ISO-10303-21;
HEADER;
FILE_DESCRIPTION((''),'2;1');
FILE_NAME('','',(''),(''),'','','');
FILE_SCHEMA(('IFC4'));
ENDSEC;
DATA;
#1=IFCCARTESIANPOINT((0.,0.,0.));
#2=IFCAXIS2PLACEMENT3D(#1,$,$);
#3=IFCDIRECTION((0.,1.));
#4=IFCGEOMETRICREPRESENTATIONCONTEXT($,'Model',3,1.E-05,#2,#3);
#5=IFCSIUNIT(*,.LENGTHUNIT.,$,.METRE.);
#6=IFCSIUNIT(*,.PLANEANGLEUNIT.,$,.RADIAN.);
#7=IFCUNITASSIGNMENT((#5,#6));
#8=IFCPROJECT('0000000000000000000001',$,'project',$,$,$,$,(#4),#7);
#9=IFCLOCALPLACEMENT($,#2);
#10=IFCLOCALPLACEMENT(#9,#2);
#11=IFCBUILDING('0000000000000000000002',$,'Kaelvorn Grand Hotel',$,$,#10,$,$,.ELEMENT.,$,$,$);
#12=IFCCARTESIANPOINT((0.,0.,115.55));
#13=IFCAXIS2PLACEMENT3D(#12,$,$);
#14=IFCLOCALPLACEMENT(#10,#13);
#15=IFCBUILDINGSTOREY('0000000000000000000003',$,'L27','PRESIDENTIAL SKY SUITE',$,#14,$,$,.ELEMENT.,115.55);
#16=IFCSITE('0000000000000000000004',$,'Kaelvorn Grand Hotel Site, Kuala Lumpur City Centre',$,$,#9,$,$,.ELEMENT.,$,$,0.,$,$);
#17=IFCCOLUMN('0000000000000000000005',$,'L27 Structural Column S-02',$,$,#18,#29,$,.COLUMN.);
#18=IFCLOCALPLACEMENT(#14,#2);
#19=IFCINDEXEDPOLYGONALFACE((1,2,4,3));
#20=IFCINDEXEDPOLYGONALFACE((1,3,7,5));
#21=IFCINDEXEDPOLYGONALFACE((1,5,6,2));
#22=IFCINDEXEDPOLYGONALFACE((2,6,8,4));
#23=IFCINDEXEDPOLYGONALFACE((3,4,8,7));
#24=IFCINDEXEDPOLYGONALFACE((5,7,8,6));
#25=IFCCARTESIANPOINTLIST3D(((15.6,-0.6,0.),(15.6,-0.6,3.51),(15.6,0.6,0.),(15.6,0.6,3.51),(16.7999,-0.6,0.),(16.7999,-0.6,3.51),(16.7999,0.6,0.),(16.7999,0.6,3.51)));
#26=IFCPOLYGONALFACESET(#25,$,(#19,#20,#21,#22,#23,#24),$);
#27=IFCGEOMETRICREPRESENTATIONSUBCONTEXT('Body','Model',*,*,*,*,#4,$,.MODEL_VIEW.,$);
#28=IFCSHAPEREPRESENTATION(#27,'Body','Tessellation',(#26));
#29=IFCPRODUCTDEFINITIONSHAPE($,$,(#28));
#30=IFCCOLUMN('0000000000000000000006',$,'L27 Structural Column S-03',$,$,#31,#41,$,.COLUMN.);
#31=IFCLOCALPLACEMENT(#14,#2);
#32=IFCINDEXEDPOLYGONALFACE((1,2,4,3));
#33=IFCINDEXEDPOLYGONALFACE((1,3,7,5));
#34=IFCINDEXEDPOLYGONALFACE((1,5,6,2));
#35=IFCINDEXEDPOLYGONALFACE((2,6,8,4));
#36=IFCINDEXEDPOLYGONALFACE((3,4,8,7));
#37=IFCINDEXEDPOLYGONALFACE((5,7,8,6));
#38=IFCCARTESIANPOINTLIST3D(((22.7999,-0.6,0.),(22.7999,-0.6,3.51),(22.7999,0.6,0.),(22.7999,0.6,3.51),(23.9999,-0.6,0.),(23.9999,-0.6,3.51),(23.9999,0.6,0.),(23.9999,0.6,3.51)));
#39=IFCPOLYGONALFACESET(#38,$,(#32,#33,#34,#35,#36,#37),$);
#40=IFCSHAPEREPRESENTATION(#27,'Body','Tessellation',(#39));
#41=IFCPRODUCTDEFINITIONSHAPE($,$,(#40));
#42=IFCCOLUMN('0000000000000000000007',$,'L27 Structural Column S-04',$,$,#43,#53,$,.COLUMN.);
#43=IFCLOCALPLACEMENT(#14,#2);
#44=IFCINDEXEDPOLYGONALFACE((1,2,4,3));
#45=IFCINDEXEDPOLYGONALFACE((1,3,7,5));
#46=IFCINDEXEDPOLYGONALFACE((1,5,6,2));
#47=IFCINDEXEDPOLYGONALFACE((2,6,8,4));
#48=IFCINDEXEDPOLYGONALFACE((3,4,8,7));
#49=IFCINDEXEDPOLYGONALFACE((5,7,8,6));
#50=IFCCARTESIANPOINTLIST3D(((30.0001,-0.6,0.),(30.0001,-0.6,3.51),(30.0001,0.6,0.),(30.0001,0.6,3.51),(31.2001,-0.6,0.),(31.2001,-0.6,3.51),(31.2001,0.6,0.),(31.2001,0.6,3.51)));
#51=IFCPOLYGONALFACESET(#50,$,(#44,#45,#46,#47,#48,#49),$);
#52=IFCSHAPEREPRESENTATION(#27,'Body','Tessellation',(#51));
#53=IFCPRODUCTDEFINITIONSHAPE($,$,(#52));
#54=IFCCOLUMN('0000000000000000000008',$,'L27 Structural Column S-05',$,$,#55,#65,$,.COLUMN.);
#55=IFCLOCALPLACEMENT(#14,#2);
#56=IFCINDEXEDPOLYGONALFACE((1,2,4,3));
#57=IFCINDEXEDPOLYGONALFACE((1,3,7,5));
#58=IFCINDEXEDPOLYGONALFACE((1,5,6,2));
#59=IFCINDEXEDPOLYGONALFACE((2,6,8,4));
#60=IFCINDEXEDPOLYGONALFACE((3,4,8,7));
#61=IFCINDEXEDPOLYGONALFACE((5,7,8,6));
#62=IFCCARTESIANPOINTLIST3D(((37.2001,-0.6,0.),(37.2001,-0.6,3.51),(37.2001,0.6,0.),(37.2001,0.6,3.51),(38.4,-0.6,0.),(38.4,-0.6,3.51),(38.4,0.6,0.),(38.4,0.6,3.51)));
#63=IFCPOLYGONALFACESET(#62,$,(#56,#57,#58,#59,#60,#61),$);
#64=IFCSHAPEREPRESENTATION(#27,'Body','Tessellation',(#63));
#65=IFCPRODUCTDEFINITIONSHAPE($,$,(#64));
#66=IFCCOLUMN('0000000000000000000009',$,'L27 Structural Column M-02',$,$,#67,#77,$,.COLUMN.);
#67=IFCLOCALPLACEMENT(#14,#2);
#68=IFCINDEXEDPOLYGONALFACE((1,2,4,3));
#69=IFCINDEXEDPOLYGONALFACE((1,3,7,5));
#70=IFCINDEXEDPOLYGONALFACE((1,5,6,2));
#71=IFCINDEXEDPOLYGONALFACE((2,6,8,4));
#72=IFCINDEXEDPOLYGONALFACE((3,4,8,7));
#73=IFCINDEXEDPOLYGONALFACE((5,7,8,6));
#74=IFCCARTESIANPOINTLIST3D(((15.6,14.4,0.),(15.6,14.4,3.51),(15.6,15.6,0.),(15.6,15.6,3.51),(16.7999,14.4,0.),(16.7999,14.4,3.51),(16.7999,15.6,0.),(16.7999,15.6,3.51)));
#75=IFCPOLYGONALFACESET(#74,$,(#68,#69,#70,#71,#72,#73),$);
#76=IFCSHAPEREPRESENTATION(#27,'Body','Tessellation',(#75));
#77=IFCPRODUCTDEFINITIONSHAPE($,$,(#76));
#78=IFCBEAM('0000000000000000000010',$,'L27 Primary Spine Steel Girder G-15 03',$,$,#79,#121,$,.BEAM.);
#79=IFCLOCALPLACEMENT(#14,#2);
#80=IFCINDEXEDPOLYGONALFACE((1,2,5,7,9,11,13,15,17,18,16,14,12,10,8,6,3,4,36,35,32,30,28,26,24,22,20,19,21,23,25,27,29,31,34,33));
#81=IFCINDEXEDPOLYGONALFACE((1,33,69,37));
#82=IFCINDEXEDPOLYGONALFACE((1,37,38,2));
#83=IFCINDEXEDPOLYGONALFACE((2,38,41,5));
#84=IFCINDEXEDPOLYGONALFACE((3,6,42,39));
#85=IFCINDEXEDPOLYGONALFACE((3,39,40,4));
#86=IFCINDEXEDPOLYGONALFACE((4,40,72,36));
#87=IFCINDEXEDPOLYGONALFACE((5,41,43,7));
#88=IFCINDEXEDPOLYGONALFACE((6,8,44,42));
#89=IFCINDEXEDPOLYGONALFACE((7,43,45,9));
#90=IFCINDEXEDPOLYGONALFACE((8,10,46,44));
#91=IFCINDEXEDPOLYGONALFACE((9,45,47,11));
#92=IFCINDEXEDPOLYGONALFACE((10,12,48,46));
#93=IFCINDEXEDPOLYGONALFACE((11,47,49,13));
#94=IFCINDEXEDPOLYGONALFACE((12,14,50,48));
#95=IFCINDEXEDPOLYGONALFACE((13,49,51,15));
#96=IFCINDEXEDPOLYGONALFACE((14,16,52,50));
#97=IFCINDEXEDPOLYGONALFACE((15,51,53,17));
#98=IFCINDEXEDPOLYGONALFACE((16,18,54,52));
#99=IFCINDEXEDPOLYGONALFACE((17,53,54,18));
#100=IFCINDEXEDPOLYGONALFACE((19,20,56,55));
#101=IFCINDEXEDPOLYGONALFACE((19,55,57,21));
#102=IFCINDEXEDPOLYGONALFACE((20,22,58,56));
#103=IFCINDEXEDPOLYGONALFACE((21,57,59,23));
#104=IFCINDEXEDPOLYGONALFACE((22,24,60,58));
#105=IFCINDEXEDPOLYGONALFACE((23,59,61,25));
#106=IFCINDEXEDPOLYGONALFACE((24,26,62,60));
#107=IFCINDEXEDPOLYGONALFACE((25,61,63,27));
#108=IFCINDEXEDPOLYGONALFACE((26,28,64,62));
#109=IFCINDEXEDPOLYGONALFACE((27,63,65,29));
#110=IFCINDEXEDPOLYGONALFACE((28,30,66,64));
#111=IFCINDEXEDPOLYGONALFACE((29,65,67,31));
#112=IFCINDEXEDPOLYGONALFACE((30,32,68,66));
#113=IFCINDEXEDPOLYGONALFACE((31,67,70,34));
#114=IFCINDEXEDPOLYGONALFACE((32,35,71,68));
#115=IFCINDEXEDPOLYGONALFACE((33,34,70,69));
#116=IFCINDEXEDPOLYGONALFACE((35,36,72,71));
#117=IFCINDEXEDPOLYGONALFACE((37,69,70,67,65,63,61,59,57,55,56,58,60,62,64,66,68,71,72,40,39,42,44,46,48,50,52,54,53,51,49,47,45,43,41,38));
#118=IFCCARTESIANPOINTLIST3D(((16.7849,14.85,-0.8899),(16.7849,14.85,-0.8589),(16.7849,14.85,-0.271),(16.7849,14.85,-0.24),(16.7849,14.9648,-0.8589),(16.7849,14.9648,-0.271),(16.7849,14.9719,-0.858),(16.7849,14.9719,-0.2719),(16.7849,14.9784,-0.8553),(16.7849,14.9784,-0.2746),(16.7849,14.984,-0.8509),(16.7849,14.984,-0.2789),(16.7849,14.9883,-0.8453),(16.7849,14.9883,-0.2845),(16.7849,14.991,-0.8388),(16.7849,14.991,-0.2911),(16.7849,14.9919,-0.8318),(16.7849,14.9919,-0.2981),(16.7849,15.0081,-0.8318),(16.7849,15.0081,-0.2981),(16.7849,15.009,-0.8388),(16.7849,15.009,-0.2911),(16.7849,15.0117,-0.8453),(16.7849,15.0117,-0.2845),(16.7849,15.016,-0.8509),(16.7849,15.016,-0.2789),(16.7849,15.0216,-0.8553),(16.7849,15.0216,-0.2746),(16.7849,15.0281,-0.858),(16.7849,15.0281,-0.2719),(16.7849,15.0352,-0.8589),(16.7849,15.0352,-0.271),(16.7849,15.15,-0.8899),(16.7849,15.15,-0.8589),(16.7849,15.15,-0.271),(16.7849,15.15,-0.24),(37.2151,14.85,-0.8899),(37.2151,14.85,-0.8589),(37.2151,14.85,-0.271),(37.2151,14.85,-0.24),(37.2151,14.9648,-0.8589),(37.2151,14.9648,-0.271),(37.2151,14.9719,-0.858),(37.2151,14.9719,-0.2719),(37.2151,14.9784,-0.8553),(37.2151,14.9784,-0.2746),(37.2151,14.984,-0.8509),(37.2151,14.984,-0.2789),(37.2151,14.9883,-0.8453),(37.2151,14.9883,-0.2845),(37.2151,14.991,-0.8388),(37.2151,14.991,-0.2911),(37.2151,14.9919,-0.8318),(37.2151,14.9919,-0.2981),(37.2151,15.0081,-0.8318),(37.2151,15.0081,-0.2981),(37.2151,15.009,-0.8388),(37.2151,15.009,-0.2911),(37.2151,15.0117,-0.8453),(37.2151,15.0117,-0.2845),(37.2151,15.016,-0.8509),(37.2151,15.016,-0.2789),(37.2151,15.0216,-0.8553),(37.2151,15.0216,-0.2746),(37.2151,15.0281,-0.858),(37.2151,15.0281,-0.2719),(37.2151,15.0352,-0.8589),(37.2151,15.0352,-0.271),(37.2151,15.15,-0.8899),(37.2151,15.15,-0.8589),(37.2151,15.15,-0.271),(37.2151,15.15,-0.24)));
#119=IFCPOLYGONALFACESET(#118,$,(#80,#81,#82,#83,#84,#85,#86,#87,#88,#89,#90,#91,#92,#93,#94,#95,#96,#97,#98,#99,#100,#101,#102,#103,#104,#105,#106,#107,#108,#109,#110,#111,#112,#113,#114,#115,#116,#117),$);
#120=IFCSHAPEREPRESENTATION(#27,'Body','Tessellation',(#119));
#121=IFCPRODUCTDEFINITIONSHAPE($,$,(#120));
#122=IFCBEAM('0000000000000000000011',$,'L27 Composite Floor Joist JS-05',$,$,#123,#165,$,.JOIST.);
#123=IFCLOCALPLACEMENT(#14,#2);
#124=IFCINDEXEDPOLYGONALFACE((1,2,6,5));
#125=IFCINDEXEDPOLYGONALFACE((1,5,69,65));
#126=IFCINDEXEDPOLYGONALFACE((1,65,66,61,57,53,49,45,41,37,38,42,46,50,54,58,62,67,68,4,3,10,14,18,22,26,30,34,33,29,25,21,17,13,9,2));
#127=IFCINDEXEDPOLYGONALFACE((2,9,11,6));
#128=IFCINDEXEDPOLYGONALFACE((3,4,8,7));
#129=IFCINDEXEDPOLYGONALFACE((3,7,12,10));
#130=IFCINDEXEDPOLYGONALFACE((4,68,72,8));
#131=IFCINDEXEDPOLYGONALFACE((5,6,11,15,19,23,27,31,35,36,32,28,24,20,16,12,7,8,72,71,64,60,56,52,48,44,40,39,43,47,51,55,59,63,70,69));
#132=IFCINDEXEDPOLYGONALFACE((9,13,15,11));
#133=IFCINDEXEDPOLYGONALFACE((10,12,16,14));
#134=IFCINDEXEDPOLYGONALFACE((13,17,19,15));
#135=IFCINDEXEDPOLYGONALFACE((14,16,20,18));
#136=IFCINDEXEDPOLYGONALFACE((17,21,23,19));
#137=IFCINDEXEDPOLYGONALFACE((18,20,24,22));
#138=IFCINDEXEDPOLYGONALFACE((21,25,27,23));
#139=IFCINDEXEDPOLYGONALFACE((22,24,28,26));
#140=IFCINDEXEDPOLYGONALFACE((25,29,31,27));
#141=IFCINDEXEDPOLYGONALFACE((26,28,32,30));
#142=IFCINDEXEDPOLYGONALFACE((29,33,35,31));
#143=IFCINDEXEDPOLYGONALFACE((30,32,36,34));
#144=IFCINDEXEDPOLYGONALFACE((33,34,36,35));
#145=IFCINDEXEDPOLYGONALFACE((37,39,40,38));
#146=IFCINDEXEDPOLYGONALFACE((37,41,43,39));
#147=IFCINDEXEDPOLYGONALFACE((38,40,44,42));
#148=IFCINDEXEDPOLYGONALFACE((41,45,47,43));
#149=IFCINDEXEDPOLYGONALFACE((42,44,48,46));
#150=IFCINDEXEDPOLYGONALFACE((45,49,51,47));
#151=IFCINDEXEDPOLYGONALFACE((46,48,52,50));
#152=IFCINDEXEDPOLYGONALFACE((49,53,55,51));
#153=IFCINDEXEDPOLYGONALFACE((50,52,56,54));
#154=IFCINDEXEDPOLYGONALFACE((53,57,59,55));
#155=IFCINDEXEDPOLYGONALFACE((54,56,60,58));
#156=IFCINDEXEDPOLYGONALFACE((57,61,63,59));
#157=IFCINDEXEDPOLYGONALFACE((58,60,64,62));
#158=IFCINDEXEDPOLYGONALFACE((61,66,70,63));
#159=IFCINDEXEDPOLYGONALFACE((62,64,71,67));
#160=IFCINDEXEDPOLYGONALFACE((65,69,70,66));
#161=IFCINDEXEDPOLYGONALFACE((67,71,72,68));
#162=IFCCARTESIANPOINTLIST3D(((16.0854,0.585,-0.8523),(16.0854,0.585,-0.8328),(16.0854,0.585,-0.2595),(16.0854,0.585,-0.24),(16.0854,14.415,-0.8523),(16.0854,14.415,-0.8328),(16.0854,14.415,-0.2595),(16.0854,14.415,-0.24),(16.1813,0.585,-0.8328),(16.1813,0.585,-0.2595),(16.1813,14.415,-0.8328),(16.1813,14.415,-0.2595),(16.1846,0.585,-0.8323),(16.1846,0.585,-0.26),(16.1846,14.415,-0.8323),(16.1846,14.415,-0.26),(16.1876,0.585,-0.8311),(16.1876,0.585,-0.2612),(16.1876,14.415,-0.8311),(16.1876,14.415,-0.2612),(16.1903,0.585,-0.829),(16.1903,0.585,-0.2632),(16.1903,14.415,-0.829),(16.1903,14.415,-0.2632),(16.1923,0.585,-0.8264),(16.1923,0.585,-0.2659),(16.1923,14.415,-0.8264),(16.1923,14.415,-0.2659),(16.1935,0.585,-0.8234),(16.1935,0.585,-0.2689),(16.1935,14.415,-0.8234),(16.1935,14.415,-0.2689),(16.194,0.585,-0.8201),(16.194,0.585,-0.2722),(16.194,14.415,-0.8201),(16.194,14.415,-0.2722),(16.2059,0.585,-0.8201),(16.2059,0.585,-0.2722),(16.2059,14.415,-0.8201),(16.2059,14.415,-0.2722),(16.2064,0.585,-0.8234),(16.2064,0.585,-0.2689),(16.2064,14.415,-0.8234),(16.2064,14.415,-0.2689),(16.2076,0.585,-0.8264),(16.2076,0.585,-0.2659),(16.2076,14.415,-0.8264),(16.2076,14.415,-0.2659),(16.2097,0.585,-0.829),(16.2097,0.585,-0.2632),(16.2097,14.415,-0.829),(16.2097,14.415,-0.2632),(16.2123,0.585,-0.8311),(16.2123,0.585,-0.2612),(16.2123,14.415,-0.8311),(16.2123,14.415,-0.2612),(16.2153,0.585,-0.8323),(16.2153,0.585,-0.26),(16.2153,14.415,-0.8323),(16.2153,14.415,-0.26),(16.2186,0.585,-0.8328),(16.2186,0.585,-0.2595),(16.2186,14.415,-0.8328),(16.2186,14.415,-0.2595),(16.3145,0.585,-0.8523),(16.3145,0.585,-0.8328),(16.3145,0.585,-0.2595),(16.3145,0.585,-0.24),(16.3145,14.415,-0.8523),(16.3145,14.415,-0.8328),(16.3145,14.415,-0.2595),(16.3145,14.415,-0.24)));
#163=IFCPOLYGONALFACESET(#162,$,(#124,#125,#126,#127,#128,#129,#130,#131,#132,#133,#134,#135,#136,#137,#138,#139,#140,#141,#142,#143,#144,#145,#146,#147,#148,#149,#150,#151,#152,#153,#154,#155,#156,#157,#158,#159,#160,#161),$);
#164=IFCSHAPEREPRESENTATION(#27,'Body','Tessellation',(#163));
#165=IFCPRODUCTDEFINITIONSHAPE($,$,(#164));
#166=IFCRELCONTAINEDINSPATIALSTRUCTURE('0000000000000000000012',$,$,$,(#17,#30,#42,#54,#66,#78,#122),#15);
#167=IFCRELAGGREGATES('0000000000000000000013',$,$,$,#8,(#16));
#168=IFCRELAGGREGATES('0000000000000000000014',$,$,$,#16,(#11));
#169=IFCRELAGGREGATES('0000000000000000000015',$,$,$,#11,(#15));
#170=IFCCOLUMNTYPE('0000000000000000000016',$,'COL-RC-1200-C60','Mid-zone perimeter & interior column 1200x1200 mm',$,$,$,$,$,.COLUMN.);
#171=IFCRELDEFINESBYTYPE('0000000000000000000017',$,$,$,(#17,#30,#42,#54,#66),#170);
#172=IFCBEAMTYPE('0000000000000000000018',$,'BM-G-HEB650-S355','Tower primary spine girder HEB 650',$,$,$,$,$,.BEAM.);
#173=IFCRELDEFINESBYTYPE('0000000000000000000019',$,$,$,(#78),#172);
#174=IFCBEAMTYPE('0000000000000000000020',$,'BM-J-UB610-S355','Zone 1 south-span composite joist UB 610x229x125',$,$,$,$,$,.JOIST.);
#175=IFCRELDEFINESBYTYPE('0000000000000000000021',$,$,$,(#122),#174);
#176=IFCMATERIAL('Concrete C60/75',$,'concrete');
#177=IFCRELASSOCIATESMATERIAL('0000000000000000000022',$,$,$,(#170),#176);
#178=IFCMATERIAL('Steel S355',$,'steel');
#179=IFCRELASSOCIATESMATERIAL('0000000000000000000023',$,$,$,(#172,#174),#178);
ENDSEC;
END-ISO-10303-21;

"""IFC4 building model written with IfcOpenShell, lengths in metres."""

from ifc_helpers import new_model, si_unit, direction, frame, origin, origin_2d, place, context, subcontext, project, spatial, rectangle, i_section, extrude, material, material_profile, profile_set, type_object, element, save


model = new_model("IFC4")

# Units and contexts
model_context = context("Model", 3, precision=1e-05, world=origin(), true_north=direction((0.0, 1.0)))
body_context = subcontext(model_context, "Body", "Model", "MODEL_VIEW")
ifc_project = project(units=[si_unit("LENGTHUNIT", "METRE"), si_unit("PLANEANGLEUNIT", "RADIAN")], contexts=[model_context])

# Site, building, storey
site_placement = place(None, origin())
site = spatial("IfcSite", under=ifc_project, at=site_placement, Name="Kaelvorn Grand Hotel Site, Kuala Lumpur City Centre", CompositionType="ELEMENT", RefElevation=0.0)
building_placement = place(site_placement, origin())
building = spatial("IfcBuilding", under=site, at=building_placement, Name="Kaelvorn Grand Hotel", CompositionType="ELEMENT")
storey_placement = place(building_placement, frame((0.0, 0.0, 115.55)))
storey = spatial("IfcBuildingStorey", under=building, at=storey_placement, Name="L27", Description="PRESIDENTIAL SKY SUITE", CompositionType="ELEMENT", Elevation=115.55)

# Columns
ifc_material_1 = material(Name="Concrete C60/75", Category="concrete")
ifc_material_profile_1 = material_profile(ifc_material_1, rectangle(XDim=1.2, YDim=1.2, at=origin_2d()), Name="RC COL 1200x1200")
ifc_profile_set_1 = profile_set([ifc_material_profile_1], Name="Concrete C60/75")
column_type = type_object("IfcColumnType", Name="COL-RC-1200-C60", Description="Mid-zone perimeter & interior column 1200x1200 mm", PredefinedType="COLUMN", material=ifc_profile_set_1)
for number, where, z_axis, x_axis, name in (
    (1, (16.2, 0.0, 0.0), (0.0, 0.0, 1.0), (1.0, 0.0, 0.0), "L27 Structural Column S-02"),
    (2, (23.3999, 0.0, 0.0), (0.0, 0.0, 1.0), (1.0, 0.0, 0.0), "L27 Structural Column S-03"),
    (3, (30.6001, 0.0, 0.0), (0.0, 0.0, 1.0), (1.0, 0.0, 0.0), "L27 Structural Column S-04"),
    (4, (37.8, 0.0, 0.0), (0.0, 0.0, 1.0), (1.0, 0.0, 0.0), "L27 Structural Column S-05"),
    (5, (16.2, 15.0, 0.0), (0.0, 0.0, 1.0), (1.0, 0.0, 0.0), "L27 Structural Column M-02"),
):
    element("IfcColumn", number, at=place(storey_placement, frame(where, z_axis=z_axis, x_axis=x_axis)), inside=storey, type_object=column_type, Name=name, PredefinedType="COLUMN", context=body_context, shape_type="SweptSolid", body=[
        extrude(rectangle(XDim=1.2, YDim=1.2, at=origin_2d()), origin(), (0.0, 0.0, 1.0), 3.51),
    ])

# Beams
ifc_material_2 = material(Name="Steel S355", Category="steel")
ifc_material_profile_2 = material_profile(ifc_material_2, i_section(OverallWidth=0.3, OverallDepth=0.6499, WebThickness=0.0161, FlangeThickness=0.031, FilletRadius=0.0271, at=origin_2d()), Name="HEB 650")
ifc_profile_set_2 = profile_set([ifc_material_profile_2], Name="Steel S355")
beam_type_1 = type_object("IfcBeamType", Name="BM-G-HEB650-S355", Description="Tower primary spine girder HEB 650", PredefinedType="BEAM", material=ifc_profile_set_2)
beam_1_placement = place(storey_placement, frame((16.7849, 15.0, -0.5649), z_axis=(1.0, 0.0, 0.0), x_axis=(0.0, 1.0, 0.0)))
element("IfcBeam", 6, at=beam_1_placement, inside=storey, type_object=beam_type_1, Name="L27 Primary Spine Steel Girder G-15 03", PredefinedType="BEAM", context=body_context, shape_type="SweptSolid", body=[
    extrude(i_section(OverallWidth=0.3, OverallDepth=0.6499, WebThickness=0.0161, FlangeThickness=0.031, FilletRadius=0.0271, at=origin_2d()), origin(), (0.0, 0.0, 1.0), 20.4302),
])
ifc_material_profile_3 = material_profile(ifc_material_2, i_section(OverallWidth=0.229, OverallDepth=0.6123, WebThickness=0.012, FlangeThickness=0.0195, FilletRadius=0.0127, at=origin_2d()), Name="UB 610x229x125")
ifc_profile_set_3 = profile_set([ifc_material_profile_3], Name="Steel S355")
beam_type_2 = type_object("IfcBeamType", Name="BM-J-UB610-S355", Description="Zone 1 south-span composite joist UB 610x229x125", PredefinedType="JOIST", material=ifc_profile_set_3)
beam_2_placement = place(storey_placement, frame((16.2, 0.585, -0.5461), z_axis=(0.0, 1.0, 0.0), x_axis=(-1.0, 0.0, 0.0)))
element("IfcBeam", 7, at=beam_2_placement, inside=storey, type_object=beam_type_2, Name="L27 Composite Floor Joist JS-05", PredefinedType="JOIST", context=body_context, shape_type="SweptSolid", body=[
    extrude(i_section(OverallWidth=0.229, OverallDepth=0.6123, WebThickness=0.012, FlangeThickness=0.0195, FilletRadius=0.0127, at=origin_2d()), origin(), (0.0, 0.0, 1.0), 13.8301),
])

save(model, "model.ifc")
